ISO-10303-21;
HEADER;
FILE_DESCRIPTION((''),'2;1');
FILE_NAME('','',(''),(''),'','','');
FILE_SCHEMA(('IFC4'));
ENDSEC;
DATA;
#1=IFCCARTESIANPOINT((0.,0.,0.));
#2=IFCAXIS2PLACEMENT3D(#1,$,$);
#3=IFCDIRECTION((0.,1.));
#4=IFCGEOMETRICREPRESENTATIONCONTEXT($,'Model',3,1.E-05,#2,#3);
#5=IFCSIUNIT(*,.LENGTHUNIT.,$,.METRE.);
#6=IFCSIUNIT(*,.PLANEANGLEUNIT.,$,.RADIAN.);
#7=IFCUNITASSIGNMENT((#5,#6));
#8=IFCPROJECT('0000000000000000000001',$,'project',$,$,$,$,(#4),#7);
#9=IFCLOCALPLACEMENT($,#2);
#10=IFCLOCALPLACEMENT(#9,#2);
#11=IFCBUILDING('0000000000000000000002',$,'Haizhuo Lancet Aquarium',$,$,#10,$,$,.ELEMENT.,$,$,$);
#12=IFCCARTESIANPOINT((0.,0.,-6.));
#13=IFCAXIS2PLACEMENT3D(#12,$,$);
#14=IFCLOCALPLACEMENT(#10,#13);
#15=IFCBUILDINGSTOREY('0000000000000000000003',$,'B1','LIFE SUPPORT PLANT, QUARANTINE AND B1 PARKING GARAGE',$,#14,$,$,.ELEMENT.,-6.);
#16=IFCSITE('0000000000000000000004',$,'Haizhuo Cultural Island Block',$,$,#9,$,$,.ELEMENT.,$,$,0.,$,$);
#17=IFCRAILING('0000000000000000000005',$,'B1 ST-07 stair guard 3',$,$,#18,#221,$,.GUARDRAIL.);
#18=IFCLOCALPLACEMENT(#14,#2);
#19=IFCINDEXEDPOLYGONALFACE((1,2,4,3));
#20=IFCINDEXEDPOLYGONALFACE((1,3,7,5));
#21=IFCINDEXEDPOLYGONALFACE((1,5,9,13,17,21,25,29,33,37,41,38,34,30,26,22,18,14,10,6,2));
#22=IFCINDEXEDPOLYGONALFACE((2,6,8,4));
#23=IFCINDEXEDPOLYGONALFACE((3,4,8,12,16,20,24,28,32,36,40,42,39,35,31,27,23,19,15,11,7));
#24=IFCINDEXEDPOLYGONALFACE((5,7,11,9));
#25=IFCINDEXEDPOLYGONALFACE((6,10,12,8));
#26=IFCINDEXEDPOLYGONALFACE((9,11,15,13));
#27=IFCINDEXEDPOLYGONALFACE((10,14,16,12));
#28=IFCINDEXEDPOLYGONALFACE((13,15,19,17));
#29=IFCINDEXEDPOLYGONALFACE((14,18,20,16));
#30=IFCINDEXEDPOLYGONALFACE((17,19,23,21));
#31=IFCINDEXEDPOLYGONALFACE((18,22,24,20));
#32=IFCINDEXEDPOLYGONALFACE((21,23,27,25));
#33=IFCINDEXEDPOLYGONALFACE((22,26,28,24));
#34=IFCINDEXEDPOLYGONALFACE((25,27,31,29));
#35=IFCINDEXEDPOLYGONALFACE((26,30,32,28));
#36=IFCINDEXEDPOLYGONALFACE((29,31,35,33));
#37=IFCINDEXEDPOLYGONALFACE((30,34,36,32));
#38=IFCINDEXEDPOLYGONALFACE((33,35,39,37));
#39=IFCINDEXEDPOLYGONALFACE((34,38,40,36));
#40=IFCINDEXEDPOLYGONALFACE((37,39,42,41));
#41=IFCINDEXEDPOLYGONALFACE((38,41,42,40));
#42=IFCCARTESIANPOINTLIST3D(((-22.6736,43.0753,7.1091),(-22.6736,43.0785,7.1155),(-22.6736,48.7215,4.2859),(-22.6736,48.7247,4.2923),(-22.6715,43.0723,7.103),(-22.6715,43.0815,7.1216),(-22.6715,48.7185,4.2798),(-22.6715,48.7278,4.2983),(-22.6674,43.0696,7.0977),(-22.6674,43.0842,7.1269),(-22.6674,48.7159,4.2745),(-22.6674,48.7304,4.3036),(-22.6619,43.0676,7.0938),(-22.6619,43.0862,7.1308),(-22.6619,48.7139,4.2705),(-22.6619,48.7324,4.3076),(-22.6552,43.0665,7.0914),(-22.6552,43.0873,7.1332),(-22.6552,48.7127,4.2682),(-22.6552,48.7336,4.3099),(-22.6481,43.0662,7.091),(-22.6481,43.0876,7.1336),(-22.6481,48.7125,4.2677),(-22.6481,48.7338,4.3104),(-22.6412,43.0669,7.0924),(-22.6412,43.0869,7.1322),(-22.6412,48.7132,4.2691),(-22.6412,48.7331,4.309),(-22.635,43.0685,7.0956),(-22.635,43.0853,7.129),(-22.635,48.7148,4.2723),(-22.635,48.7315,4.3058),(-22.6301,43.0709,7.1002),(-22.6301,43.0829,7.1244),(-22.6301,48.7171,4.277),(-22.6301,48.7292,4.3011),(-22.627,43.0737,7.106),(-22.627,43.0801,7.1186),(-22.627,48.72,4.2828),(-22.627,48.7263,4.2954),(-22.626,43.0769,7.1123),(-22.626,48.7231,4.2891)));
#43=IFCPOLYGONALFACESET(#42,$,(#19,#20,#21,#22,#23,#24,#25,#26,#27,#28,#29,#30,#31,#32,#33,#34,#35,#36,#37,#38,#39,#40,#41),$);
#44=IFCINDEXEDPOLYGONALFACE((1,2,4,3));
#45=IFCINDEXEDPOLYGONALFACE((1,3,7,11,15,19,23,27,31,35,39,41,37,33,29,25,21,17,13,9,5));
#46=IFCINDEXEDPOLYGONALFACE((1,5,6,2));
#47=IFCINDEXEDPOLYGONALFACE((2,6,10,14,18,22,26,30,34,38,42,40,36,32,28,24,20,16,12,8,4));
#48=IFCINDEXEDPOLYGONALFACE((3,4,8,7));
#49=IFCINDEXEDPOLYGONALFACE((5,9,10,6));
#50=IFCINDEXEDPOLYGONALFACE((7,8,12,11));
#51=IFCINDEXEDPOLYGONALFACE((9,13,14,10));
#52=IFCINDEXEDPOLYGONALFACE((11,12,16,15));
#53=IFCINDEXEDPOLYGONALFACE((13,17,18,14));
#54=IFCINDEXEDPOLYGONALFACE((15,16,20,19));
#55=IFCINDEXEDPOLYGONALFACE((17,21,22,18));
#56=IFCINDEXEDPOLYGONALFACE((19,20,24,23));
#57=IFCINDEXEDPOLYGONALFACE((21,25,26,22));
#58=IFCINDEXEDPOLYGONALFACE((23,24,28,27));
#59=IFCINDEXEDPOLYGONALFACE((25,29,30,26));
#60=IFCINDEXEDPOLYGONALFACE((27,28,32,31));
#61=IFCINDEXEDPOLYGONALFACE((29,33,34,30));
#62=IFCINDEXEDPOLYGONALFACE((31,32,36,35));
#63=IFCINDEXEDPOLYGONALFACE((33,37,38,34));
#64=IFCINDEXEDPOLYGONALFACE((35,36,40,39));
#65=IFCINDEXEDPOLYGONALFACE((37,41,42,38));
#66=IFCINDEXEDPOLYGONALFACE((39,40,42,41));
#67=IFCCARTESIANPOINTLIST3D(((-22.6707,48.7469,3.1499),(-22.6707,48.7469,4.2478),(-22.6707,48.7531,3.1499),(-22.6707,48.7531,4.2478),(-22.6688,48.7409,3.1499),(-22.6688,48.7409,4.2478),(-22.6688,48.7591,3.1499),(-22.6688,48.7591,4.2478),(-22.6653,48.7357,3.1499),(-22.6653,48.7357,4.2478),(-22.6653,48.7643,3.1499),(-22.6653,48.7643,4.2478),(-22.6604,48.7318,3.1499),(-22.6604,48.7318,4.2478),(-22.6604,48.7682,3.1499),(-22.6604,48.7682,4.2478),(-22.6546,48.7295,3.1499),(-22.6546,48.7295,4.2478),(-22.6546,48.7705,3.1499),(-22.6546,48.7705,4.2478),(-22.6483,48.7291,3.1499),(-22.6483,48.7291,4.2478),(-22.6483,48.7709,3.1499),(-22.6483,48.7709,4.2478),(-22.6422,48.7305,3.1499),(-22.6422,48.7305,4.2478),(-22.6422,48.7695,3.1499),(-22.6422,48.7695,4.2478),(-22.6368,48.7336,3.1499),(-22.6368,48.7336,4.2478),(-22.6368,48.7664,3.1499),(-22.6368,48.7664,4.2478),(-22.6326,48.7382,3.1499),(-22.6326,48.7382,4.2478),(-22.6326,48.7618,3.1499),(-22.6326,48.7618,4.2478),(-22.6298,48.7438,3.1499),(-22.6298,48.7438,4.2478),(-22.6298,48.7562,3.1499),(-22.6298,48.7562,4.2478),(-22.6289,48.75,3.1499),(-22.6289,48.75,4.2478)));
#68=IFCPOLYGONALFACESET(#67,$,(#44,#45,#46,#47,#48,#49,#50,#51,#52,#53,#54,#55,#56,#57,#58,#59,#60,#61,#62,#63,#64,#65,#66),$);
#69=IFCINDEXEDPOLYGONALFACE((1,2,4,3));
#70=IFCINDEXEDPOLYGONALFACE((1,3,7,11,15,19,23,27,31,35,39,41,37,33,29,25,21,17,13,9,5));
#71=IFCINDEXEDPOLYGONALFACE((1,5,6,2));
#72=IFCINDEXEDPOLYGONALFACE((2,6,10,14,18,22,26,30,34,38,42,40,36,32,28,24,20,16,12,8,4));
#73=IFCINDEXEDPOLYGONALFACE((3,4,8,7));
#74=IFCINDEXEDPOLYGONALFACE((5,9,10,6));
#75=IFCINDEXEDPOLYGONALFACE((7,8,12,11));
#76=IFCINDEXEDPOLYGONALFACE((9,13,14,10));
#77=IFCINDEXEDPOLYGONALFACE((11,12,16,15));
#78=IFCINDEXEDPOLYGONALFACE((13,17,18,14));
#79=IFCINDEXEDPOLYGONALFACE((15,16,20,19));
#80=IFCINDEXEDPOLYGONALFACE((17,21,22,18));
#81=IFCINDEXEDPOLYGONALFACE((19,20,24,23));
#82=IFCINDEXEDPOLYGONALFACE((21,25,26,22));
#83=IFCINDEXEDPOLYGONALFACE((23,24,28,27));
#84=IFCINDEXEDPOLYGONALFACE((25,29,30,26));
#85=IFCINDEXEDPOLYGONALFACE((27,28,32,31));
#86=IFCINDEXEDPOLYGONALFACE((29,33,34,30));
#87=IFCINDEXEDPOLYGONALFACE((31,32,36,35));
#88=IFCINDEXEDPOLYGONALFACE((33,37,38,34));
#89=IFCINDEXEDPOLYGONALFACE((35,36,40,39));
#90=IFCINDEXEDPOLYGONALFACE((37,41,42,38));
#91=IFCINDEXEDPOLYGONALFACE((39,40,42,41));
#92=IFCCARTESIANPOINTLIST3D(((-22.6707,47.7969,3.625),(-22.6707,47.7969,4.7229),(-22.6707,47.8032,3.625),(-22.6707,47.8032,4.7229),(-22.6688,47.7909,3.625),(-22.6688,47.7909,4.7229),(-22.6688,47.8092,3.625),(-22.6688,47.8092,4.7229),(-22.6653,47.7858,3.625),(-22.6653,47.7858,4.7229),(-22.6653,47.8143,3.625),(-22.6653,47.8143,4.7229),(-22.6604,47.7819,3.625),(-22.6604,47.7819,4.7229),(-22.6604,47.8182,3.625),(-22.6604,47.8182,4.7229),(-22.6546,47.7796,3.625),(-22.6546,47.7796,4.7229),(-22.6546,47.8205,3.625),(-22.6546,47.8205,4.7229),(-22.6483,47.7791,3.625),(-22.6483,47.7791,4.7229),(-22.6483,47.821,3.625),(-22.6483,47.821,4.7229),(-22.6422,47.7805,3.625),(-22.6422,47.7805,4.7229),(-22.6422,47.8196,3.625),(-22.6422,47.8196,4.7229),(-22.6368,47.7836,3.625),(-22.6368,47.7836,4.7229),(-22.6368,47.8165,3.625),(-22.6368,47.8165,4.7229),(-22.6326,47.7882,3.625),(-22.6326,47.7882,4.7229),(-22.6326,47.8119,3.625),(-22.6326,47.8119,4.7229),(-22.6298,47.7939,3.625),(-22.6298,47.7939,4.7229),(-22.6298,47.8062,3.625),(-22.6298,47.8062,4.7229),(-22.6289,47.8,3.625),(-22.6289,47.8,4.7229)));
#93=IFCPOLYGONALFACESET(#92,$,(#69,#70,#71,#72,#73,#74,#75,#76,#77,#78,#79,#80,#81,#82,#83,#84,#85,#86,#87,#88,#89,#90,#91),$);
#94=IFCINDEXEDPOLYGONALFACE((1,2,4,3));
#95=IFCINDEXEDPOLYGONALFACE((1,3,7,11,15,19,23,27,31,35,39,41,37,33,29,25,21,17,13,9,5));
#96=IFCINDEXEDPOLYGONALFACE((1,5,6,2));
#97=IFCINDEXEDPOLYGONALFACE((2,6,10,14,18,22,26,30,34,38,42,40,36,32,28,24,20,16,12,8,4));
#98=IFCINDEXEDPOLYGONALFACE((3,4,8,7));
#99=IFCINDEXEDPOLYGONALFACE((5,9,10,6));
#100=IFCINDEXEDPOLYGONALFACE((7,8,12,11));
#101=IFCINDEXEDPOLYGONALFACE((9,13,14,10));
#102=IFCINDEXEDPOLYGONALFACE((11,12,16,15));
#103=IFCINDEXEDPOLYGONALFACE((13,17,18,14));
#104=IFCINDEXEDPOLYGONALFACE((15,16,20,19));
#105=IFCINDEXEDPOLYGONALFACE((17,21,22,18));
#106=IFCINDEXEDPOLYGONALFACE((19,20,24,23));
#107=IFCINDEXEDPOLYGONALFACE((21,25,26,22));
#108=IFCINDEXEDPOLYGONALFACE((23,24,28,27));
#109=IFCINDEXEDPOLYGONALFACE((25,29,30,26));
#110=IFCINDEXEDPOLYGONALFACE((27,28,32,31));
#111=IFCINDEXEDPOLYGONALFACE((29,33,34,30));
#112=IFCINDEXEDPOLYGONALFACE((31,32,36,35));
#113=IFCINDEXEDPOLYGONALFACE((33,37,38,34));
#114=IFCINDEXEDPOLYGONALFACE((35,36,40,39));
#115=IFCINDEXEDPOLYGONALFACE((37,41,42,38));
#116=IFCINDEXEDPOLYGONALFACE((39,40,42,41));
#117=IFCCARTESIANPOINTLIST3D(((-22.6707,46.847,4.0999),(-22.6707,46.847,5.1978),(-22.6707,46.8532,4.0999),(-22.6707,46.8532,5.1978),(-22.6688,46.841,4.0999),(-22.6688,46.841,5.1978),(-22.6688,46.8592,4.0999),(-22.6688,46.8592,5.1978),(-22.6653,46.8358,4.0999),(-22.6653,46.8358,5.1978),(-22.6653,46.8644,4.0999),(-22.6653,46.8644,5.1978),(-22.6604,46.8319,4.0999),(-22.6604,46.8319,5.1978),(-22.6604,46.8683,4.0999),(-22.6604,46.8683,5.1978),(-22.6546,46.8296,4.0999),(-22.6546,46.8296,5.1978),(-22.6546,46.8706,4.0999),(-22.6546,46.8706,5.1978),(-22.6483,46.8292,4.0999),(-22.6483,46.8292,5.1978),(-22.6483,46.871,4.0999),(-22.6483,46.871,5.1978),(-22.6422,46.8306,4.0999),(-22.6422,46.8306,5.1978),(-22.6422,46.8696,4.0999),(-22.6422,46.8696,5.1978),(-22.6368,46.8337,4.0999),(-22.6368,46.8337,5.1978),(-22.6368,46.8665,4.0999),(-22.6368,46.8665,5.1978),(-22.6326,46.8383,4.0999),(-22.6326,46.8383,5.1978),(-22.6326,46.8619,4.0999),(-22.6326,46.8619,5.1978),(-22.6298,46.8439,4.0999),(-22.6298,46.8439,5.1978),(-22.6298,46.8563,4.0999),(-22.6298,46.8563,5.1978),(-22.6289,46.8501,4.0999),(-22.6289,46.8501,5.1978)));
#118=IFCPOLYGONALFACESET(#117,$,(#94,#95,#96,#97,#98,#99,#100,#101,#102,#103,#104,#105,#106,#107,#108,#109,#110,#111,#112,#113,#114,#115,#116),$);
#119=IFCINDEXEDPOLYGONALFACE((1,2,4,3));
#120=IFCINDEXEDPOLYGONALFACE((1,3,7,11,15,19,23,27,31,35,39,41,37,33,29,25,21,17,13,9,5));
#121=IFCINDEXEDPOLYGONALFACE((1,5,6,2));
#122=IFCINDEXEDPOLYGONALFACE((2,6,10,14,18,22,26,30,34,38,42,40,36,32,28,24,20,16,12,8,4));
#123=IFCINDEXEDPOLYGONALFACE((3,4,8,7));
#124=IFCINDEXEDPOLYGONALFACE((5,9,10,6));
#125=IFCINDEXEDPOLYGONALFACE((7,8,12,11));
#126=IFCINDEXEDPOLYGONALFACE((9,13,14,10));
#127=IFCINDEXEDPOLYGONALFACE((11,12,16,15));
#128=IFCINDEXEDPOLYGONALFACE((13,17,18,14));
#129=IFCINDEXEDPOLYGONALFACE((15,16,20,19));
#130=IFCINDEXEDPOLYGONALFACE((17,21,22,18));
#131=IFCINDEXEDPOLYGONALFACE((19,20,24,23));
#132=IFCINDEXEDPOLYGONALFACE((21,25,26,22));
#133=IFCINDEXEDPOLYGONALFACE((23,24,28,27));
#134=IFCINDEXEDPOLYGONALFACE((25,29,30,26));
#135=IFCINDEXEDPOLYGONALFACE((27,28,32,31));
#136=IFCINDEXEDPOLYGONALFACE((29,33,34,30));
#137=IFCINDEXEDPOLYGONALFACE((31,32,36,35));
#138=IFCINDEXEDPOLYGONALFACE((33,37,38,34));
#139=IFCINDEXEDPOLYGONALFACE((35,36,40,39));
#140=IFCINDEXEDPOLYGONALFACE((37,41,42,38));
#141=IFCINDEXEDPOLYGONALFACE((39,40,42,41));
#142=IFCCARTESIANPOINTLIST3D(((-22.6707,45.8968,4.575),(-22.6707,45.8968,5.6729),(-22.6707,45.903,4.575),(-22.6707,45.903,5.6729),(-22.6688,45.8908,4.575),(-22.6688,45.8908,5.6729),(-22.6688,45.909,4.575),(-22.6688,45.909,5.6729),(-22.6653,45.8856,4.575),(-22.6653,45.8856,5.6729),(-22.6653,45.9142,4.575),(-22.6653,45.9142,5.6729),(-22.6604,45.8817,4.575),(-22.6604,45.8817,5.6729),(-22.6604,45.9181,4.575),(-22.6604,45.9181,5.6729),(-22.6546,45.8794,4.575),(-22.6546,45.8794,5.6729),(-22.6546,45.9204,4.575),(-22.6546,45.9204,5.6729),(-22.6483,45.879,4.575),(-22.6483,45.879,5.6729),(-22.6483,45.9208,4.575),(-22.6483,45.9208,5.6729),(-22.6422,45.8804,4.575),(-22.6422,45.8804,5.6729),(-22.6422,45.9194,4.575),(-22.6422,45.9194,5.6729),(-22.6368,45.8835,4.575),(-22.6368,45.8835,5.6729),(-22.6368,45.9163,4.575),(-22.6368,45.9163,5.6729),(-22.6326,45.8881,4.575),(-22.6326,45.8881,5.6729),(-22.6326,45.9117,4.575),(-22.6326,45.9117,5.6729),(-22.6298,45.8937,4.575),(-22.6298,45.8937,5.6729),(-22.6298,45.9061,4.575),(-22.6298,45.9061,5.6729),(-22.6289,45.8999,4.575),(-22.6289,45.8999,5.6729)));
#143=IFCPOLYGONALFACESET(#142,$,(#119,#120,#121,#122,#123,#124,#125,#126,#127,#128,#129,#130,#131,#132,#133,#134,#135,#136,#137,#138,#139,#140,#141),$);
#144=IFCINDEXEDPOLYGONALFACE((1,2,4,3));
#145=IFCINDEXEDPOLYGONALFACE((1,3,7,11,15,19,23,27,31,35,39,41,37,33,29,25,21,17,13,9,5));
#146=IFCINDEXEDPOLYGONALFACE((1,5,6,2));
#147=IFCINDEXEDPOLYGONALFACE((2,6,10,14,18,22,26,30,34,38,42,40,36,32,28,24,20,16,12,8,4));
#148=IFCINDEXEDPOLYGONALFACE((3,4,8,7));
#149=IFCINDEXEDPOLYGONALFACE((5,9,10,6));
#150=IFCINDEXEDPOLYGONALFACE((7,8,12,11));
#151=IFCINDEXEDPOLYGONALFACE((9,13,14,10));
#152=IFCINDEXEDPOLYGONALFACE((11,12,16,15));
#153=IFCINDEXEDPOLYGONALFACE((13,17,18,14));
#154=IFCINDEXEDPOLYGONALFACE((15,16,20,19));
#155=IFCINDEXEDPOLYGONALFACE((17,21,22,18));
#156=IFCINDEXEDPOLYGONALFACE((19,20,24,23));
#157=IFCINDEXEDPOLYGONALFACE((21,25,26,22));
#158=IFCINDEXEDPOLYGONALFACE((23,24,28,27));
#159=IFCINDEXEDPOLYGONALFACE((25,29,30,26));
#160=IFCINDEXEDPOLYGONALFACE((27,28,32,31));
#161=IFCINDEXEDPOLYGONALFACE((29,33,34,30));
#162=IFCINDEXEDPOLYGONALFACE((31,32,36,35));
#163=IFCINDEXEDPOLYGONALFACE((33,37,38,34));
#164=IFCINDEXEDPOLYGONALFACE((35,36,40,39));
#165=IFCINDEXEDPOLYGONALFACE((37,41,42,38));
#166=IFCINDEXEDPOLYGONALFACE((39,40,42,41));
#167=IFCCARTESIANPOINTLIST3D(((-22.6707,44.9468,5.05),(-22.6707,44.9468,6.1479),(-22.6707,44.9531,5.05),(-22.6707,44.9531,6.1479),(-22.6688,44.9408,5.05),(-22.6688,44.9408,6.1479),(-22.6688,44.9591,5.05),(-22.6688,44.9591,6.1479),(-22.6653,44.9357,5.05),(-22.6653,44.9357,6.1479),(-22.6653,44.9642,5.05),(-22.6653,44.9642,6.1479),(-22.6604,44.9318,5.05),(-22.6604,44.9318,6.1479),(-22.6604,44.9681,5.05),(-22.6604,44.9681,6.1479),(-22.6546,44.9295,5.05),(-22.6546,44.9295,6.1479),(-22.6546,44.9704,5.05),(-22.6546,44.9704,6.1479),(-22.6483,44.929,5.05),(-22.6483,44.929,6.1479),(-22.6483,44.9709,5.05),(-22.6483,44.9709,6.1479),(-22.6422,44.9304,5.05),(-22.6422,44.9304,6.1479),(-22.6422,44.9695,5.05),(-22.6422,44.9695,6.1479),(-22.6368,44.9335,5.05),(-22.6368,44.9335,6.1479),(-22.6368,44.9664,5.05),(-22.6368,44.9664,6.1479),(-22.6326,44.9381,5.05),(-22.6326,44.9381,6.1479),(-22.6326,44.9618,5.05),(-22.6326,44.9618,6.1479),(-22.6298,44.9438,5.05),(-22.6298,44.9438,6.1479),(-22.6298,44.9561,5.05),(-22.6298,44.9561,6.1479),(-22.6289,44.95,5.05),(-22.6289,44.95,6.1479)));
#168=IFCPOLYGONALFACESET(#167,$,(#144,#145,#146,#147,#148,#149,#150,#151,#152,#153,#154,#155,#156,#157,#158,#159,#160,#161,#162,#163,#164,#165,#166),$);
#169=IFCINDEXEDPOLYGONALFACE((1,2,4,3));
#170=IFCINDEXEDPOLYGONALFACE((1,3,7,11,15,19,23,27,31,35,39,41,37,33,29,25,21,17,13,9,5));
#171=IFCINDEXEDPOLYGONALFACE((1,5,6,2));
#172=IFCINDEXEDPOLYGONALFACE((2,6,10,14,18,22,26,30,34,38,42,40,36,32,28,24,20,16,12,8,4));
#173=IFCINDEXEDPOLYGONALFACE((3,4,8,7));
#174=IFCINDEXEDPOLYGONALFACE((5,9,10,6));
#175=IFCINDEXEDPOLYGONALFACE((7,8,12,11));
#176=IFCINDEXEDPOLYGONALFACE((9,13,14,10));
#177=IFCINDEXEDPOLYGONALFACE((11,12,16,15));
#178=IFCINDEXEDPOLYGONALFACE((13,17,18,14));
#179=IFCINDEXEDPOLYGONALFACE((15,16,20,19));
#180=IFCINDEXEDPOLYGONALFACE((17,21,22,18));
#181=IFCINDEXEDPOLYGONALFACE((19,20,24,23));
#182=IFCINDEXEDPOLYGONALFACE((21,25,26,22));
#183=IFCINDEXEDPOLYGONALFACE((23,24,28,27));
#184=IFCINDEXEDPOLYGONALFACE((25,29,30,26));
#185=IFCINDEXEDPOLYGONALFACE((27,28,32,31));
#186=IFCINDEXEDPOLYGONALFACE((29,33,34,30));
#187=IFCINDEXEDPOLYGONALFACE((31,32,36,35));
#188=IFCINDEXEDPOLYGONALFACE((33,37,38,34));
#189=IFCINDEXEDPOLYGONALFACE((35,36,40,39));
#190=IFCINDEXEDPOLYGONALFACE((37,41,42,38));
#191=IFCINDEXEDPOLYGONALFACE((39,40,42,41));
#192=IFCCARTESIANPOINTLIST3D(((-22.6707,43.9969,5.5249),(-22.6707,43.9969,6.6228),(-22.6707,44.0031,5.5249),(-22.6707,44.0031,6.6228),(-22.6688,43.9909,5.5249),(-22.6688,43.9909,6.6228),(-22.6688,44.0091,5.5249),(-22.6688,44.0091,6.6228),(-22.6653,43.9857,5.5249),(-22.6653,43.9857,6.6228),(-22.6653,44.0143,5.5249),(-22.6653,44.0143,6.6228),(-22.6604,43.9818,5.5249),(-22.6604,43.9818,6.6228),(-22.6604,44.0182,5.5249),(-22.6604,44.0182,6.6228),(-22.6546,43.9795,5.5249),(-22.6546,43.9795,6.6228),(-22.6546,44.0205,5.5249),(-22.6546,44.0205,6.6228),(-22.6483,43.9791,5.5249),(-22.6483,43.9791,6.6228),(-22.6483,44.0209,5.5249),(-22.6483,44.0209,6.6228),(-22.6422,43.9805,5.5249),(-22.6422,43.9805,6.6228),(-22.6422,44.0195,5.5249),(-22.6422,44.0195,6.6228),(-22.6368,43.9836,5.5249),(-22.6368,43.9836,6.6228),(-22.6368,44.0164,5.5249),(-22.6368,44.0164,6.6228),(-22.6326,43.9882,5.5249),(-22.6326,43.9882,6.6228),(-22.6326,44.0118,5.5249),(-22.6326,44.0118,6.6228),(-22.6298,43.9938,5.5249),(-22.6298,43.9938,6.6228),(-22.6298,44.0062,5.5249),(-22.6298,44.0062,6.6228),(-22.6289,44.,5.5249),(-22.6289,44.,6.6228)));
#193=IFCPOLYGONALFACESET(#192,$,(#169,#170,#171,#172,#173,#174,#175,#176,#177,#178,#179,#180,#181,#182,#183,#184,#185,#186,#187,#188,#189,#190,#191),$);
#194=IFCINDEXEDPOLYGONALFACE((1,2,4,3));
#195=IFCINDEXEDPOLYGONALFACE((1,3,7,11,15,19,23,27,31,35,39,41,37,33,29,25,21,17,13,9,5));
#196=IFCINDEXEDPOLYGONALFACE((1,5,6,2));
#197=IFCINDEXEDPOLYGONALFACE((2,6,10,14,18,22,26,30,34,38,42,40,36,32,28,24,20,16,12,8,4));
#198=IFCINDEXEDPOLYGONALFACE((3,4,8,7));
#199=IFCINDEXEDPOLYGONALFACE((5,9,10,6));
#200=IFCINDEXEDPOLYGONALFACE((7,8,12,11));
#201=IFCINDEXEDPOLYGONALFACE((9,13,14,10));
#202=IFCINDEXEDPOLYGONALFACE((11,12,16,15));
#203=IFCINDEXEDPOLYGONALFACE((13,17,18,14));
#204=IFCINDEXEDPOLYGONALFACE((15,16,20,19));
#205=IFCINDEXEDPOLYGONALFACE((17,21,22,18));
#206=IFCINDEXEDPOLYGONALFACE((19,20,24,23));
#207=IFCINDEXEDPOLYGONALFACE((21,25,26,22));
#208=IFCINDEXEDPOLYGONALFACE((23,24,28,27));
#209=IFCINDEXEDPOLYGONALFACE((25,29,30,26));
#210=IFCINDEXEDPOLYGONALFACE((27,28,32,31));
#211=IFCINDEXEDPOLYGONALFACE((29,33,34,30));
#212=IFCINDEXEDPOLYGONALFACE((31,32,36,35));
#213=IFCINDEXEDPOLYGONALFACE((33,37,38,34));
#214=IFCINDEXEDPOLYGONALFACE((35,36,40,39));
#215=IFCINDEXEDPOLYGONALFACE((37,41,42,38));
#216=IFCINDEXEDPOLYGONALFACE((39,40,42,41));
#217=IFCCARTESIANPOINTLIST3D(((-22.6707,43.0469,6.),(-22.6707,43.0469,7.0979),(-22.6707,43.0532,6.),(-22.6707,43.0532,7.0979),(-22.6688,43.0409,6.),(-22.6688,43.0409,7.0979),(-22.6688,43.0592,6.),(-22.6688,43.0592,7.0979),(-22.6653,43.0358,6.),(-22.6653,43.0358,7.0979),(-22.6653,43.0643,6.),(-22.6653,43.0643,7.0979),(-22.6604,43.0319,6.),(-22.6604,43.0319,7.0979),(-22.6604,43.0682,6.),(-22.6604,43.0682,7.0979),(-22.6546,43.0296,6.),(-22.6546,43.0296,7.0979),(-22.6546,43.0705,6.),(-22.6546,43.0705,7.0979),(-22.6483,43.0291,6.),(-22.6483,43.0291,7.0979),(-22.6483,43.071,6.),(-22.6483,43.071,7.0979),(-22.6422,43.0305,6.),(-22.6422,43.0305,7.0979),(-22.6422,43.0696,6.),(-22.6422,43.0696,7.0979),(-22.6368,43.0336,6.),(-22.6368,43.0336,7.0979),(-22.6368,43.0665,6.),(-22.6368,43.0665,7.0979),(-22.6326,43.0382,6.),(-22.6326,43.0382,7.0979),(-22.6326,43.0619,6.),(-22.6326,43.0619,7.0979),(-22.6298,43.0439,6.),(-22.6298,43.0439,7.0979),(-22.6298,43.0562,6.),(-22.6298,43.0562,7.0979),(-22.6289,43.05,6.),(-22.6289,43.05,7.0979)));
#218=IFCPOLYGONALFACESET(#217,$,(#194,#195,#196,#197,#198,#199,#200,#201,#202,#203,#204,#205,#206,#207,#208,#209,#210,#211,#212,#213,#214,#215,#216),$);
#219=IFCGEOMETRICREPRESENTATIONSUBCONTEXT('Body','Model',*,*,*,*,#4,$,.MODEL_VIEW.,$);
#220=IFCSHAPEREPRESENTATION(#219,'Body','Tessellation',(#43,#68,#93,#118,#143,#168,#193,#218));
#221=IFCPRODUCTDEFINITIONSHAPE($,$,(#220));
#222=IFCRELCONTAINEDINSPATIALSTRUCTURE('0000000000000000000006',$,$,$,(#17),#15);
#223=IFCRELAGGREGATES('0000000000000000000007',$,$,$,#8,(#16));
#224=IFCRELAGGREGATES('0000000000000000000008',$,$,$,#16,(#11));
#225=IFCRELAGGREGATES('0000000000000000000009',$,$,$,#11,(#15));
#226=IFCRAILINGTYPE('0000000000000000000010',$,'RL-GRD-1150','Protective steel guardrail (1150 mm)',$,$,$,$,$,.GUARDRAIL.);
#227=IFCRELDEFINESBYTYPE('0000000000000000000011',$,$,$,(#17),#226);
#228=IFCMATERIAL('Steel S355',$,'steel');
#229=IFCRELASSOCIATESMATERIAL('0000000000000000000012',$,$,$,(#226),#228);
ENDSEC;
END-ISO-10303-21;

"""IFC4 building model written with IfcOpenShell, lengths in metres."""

from ifc_helpers import new_model, si_unit, direction, frame, origin, origin_2d, place, context, subcontext, project, spatial, circle, extrude, material, type_object, element, save


model = new_model("IFC4")

# Units and contexts
model_context = context("Model", 3, precision=1e-05, world=origin(), true_north=direction((0.0, 1.0)))
body_context = subcontext(model_context, "Body", "Model", "MODEL_VIEW")
ifc_project = project(units=[si_unit("LENGTHUNIT", "METRE"), si_unit("PLANEANGLEUNIT", "RADIAN")], contexts=[model_context])

# Site, building, storey
site_placement = place(None, origin())
site = spatial("IfcSite", under=ifc_project, at=site_placement, Name="Haizhuo Cultural Island Block", CompositionType="ELEMENT", RefElevation=0.0)
building_placement = place(site_placement, origin())
building = spatial("IfcBuilding", under=site, at=building_placement, Name="Haizhuo Lancet Aquarium", CompositionType="ELEMENT")
storey_placement = place(building_placement, frame((0.0, 0.0, -6.0)))
storey = spatial("IfcBuildingStorey", under=building, at=storey_placement, Name="B1", Description="LIFE SUPPORT PLANT, QUARANTINE AND B1 PARKING GARAGE", CompositionType="ELEMENT", Elevation=-6.0)

# Shared definitions
ifc_material_1 = material(Name="Steel S355", Category="steel")

# Railing
railing_type_1 = type_object("IfcRailingType", Name="RL-GRD-1150", Description="Protective steel guardrail (1150 mm)", PredefinedType="GUARDRAIL", material=ifc_material_1)
railing_1_placement = place(storey_placement, frame((-22.6499, 48.75, 3.1499)))
element("IfcRailing", 1, at=railing_1_placement, inside=storey, type_object=railing_type_1, Name="B1 ST-07 stair guard 3", PredefinedType="GUARDRAIL", context=body_context, shape_type="SweptSolid", body=[
    extrude(circle(Radius=0.0239, at=origin_2d()), frame((0.0, -0.0269, 1.1392), z_axis=(0.0, -0.89442, 0.447229), x_axis=(1.0, 0.0, 0.0)), (0.0, 0.0, 1.0), 6.3127),
    extrude(circle(Radius=0.021, at=origin_2d()), origin(), (0.0, 0.0, 1.0), 1.0979),
    extrude(circle(Radius=0.021, at=origin_2d()), frame((0.0, -0.95, 0.4751)), (0.0, 0.0, 1.0), 1.0979),
    extrude(circle(Radius=0.021, at=origin_2d()), frame((0.0, -1.8999, 0.95)), (0.0, 0.0, 1.0), 1.0979),
    extrude(circle(Radius=0.021, at=origin_2d()), frame((0.0, -2.8501, 1.425)), (0.0, 0.0, 1.0), 1.0979),
    extrude(circle(Radius=0.021, at=origin_2d()), frame((0.0, -3.8, 1.9001)), (0.0, 0.0, 1.0), 1.0979),
    extrude(circle(Radius=0.021, at=origin_2d()), frame((0.0, -4.75, 2.375)), (0.0, 0.0, 1.0), 1.0979),
    extrude(circle(Radius=0.021, at=origin_2d()), frame((0.0, -5.7, 2.8501)), (0.0, 0.0, 1.0), 1.0979),
])

save(model, "model.ifc")
